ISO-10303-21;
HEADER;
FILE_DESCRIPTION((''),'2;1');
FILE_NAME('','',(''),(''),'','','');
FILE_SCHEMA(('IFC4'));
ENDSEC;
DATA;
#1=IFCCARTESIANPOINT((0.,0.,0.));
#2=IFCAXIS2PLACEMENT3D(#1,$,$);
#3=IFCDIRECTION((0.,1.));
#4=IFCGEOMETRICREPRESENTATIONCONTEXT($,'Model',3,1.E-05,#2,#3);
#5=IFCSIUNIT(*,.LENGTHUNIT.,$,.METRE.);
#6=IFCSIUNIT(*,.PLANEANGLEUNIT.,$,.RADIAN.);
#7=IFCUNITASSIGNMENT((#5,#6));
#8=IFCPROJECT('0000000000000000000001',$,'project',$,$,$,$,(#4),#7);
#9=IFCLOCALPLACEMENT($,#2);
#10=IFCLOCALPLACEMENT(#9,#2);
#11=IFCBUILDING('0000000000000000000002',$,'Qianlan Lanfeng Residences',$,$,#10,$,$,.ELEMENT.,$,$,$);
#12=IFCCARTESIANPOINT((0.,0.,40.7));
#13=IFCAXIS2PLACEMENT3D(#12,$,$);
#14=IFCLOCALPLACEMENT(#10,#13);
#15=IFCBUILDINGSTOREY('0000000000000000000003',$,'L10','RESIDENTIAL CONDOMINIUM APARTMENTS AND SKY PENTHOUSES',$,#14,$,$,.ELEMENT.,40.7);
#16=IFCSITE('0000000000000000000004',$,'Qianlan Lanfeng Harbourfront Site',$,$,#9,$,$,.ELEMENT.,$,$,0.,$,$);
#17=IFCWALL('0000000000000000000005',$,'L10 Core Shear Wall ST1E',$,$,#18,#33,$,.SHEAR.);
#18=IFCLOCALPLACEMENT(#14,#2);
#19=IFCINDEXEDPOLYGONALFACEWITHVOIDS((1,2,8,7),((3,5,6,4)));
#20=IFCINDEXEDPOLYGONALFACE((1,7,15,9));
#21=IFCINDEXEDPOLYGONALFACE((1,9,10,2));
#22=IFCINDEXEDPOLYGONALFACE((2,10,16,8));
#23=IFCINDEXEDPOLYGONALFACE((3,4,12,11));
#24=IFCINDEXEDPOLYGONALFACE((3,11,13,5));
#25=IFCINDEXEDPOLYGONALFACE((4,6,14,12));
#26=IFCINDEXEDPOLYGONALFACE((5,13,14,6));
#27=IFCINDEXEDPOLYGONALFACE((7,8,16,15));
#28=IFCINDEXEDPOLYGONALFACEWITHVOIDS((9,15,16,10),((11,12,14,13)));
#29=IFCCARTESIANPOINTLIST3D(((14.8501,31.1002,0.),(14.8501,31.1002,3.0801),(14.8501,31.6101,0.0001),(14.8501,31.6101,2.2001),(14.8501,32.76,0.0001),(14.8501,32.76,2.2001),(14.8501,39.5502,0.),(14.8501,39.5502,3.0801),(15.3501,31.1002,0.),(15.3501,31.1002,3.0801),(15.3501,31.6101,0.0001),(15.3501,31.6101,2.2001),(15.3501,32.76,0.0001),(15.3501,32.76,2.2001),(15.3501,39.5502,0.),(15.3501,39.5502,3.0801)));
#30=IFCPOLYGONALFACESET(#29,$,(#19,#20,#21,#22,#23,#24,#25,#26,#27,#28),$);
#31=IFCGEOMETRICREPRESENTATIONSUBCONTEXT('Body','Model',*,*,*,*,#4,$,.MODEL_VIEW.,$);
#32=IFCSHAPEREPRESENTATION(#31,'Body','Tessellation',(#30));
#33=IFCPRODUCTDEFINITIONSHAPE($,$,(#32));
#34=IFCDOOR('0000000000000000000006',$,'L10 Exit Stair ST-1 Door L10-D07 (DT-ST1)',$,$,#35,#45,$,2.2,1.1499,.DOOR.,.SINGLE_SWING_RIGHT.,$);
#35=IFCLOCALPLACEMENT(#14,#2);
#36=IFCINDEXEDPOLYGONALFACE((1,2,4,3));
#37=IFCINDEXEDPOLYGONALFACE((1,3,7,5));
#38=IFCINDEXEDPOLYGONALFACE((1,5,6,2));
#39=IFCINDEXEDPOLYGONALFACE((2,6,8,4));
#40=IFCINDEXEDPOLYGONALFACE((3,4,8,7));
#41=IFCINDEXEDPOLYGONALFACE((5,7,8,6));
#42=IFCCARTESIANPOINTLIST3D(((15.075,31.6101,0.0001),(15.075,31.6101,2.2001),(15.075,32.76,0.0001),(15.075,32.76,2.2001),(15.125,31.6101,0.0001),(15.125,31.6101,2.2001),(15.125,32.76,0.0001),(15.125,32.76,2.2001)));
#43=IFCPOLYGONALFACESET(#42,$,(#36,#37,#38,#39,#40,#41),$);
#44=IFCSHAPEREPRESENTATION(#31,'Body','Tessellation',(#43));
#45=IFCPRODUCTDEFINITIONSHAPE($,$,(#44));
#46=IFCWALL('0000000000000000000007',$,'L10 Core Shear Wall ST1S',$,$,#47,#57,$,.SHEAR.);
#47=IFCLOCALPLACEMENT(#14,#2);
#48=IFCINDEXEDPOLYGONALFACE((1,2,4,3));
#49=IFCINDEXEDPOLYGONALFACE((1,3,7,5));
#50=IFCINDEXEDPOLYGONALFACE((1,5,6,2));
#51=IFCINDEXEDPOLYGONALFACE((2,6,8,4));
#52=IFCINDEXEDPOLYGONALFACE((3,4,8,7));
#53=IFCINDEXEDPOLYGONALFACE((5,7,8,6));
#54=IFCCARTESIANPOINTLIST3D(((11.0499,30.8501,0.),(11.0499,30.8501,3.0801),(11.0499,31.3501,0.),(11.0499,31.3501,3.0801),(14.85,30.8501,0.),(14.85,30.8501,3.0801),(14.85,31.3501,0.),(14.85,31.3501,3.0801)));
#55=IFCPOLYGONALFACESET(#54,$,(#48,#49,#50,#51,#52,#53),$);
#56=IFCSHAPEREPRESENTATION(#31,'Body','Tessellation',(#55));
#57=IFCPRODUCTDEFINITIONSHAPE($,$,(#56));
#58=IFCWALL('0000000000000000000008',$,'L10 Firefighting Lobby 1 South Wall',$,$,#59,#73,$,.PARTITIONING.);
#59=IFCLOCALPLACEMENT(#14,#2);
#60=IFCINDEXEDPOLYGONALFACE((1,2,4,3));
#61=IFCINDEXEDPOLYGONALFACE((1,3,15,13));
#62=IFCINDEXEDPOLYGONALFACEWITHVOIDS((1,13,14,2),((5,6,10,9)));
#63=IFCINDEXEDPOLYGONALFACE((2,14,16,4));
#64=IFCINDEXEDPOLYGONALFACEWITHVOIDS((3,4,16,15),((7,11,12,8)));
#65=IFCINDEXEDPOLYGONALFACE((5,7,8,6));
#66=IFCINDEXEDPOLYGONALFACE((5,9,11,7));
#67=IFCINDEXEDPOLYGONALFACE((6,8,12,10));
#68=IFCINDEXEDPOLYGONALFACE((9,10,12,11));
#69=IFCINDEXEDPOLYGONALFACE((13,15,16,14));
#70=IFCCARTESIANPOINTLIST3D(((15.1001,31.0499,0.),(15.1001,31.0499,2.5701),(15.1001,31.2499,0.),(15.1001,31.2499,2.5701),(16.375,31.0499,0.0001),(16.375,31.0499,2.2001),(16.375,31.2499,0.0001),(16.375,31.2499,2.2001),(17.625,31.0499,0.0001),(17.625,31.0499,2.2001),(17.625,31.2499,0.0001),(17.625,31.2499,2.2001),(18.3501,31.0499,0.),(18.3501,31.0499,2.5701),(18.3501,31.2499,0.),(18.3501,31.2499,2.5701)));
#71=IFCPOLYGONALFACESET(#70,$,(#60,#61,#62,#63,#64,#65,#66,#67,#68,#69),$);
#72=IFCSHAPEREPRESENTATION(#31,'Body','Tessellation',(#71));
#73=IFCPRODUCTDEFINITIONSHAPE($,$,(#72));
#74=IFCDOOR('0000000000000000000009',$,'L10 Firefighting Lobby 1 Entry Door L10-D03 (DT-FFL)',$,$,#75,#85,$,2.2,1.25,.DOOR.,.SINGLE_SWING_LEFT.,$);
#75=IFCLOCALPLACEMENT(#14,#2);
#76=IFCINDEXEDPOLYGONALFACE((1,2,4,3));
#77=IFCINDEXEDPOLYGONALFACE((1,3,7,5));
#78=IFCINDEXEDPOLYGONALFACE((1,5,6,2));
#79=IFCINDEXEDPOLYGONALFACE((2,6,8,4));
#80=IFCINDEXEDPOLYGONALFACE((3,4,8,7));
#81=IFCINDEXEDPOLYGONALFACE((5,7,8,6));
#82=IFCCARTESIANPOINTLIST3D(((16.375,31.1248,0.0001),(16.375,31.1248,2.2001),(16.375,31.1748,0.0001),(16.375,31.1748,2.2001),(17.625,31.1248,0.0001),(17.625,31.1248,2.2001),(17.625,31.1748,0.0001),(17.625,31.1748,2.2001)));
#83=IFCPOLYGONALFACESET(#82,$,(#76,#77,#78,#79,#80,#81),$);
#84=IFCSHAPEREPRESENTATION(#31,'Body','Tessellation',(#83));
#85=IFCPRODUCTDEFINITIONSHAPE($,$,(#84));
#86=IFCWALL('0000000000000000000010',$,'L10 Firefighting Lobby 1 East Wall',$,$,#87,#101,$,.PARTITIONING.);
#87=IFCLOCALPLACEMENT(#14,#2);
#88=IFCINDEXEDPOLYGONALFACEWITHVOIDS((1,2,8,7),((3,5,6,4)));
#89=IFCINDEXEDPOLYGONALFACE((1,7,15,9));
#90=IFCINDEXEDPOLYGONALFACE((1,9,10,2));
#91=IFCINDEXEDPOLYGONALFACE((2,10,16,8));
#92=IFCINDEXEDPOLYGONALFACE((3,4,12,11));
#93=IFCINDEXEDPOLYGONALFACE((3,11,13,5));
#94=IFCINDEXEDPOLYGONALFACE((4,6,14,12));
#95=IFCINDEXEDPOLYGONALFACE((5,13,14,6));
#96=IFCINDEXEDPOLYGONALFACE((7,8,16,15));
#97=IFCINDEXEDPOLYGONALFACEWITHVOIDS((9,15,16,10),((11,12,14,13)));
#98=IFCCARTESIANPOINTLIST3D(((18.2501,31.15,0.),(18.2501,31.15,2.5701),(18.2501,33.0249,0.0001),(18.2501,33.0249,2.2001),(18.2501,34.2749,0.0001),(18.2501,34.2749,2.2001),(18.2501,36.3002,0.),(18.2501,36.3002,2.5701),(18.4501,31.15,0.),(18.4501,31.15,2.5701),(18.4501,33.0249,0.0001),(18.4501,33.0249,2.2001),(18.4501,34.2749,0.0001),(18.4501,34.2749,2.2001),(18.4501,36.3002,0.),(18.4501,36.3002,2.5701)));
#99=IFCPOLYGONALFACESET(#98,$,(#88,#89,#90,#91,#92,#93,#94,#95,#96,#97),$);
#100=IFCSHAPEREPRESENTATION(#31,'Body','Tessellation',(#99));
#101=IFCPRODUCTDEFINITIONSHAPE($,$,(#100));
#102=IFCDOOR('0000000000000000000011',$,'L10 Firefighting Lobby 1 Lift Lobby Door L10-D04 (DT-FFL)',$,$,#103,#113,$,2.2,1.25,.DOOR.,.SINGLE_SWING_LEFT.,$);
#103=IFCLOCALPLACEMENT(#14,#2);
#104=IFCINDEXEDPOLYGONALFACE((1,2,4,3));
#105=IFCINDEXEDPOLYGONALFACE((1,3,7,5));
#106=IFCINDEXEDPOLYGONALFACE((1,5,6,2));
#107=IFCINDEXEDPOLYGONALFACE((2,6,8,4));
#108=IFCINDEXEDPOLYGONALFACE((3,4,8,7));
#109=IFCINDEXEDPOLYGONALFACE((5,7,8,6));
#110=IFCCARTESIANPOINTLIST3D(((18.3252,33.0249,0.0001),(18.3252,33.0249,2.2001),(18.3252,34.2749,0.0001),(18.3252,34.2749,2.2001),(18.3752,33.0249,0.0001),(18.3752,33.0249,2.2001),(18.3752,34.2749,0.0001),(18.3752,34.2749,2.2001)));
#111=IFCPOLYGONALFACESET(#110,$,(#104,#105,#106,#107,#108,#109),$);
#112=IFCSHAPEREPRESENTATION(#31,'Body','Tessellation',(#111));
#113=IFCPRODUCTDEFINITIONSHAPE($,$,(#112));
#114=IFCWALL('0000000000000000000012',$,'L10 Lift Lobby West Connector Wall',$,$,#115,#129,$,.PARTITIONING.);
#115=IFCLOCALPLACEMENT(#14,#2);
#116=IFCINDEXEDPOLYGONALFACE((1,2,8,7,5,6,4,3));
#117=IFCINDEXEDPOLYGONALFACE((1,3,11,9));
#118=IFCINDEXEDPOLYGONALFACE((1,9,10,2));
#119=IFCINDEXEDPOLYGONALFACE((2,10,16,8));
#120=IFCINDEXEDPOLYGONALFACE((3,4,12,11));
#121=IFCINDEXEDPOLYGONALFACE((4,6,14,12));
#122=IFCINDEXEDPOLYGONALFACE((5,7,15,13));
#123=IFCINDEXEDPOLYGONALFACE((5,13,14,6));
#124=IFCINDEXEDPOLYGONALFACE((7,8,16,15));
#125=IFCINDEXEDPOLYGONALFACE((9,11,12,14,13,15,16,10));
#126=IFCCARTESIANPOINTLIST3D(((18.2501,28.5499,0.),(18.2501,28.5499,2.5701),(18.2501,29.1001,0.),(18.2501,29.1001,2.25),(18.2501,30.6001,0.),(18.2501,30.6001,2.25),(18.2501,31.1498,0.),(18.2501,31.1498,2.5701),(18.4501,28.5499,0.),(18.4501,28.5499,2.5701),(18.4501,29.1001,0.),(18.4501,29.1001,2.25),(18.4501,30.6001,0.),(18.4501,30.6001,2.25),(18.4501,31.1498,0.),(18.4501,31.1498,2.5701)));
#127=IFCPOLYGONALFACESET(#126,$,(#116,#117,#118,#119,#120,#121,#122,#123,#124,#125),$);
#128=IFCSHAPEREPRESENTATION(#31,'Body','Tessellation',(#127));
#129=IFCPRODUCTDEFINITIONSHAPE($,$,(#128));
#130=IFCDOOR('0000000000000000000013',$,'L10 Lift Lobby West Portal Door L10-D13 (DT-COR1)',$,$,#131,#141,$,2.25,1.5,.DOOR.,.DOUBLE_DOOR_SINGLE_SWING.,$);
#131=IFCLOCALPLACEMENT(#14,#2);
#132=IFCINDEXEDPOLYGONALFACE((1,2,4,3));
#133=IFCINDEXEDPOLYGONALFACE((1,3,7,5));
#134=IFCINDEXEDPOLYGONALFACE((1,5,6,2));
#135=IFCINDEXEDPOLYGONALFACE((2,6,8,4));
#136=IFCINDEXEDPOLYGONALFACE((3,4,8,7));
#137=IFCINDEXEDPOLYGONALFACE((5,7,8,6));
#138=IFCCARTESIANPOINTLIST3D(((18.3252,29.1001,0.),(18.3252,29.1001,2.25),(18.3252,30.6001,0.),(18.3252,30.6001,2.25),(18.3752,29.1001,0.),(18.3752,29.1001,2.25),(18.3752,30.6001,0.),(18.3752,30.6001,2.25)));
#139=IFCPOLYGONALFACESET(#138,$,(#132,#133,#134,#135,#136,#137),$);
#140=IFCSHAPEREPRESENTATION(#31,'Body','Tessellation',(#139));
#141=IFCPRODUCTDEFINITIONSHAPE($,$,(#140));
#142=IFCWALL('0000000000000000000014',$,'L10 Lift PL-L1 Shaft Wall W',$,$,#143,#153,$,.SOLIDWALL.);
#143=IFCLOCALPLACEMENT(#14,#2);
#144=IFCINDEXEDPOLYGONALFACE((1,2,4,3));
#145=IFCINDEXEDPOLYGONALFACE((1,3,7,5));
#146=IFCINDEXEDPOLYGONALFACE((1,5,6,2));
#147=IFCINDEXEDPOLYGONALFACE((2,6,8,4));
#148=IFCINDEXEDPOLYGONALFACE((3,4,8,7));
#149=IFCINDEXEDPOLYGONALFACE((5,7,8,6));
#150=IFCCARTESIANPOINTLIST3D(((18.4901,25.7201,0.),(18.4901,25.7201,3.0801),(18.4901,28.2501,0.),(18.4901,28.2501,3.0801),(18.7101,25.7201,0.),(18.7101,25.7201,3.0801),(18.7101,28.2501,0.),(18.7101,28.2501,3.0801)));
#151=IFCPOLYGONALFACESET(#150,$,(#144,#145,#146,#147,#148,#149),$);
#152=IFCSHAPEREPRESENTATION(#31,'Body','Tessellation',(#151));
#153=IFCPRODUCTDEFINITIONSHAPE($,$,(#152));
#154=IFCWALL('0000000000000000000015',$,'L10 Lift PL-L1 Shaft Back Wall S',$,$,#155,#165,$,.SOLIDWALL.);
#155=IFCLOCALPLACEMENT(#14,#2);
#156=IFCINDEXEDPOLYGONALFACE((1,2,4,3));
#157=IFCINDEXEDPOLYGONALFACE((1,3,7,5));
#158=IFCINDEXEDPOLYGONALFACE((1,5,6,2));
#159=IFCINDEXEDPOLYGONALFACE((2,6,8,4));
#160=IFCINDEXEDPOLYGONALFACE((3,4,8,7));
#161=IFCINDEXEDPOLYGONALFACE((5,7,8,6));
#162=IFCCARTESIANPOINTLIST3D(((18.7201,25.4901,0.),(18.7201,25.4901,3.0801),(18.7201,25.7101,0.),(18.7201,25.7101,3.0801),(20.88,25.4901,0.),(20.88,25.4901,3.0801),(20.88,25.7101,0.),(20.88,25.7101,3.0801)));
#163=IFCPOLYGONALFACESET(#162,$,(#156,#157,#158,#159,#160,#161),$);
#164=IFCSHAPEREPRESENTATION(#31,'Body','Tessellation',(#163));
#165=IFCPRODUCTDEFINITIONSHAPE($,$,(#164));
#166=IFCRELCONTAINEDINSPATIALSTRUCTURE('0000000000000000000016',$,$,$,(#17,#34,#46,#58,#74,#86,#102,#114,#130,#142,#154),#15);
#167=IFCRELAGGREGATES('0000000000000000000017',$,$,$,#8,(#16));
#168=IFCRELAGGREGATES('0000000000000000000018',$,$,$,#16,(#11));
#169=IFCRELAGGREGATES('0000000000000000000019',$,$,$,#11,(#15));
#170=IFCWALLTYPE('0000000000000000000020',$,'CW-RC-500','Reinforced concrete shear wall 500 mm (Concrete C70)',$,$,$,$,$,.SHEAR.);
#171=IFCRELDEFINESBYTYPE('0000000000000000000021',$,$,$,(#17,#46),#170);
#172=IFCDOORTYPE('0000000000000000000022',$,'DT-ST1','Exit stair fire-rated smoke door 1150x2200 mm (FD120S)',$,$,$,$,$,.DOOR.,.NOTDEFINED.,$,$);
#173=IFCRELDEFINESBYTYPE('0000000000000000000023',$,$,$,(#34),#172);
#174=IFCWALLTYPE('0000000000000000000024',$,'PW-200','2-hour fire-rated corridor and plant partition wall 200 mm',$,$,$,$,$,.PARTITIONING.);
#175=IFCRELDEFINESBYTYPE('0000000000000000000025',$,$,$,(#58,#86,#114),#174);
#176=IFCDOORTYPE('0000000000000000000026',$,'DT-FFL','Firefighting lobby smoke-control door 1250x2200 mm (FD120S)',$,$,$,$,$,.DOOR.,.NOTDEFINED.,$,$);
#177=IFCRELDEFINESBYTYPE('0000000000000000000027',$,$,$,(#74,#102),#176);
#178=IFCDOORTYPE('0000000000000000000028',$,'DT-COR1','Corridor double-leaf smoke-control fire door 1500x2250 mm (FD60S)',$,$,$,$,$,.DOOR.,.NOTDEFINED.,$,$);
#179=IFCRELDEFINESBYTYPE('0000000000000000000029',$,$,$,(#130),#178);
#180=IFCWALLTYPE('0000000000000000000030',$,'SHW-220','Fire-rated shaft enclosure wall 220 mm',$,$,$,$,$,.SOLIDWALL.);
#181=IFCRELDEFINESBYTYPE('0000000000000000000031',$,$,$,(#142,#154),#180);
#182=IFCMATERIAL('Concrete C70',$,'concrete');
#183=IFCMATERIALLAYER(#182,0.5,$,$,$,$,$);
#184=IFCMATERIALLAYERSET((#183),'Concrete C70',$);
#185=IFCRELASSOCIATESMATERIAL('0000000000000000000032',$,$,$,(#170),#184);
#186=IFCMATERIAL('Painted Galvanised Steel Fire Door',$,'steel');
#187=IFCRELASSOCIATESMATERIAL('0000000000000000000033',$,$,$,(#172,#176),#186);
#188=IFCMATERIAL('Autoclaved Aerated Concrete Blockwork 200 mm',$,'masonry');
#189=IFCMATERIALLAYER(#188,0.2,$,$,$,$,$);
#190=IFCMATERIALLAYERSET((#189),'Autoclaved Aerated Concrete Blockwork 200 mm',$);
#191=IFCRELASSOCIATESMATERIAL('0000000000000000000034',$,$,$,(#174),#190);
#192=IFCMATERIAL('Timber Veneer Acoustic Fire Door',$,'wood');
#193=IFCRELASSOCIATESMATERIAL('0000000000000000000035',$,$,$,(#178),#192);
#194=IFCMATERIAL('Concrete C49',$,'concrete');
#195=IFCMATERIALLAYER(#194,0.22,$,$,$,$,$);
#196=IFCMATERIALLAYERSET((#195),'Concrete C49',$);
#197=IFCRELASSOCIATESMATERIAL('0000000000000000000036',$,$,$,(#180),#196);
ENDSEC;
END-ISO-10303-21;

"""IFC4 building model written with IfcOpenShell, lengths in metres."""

from ifc_helpers import new_model, si_unit, direction, frame, frame_2d, origin, place, context, subcontext, project, spatial, rectangle, extrude, material, layer, layer_set, type_object, element, fill, save


model = new_model("IFC4")

# Units and contexts
model_context = context("Model", 3, precision=1e-05, world=origin(), true_north=direction((0.0, 1.0)))
body_context = subcontext(model_context, "Body", "Model", "MODEL_VIEW")
ifc_project = project(units=[si_unit("LENGTHUNIT", "METRE"), si_unit("PLANEANGLEUNIT", "RADIAN")], contexts=[model_context])

# Site, building, storey
site_placement = place(None, origin())
site = spatial("IfcSite", under=ifc_project, at=site_placement, Name="Qianlan Lanfeng Harbourfront Site", CompositionType="ELEMENT", RefElevation=0.0)
building_placement = place(site_placement, origin())
building = spatial("IfcBuilding", under=site, at=building_placement, Name="Qianlan Lanfeng Residences", CompositionType="ELEMENT")
storey_placement = place(building_placement, frame((0.0, 0.0, 40.7)))
storey = spatial("IfcBuildingStorey", under=building, at=storey_placement, Name="L10", Description="RESIDENTIAL CONDOMINIUM APARTMENTS AND SKY PENTHOUSES", CompositionType="ELEMENT", Elevation=40.7)

# Wall, opening, door
ifc_material_1 = material(Name="Concrete C70", Category="concrete")
ifc_layer_1 = layer(ifc_material_1, 0.5)
ifc_layer_set_1 = layer_set([ifc_layer_1], Name="Concrete C70")
wall_type_1 = type_object("IfcWallType", Name="CW-RC-500", Description="Reinforced concrete shear wall 500 mm (Concrete C70)", PredefinedType="SHEAR", material=ifc_layer_set_1)
wall_1_placement = place(storey_placement, frame((15.1001, 31.1001, 0.0), z_axis=(0.0, 0.0, 1.0), x_axis=(0.0, 1.0, 0.0)))
wall_1 = element("IfcWall", 1, at=wall_1_placement, inside=storey, type_object=wall_type_1, Name="L10 Core Shear Wall ST1E", PredefinedType="SHEAR", context=body_context, shape_type="SweptSolid", body=[
    extrude(rectangle(XDim=8.45, YDim=0.5, at=frame_2d((4.2251, 0.0))), origin(), (0.0, 0.0, 1.0), 3.0801),
])
opening_1_placement = place(wall_1_placement, frame((0.51, 0.0, 0.0)))
opening_1 = element("IfcOpeningElement", 2, at=opening_1_placement, cuts=wall_1, PredefinedType="OPENING", context=body_context, shape_type="SweptSolid", body=[
    extrude(rectangle(XDim=1.1499, YDim=2.2, at=frame_2d((0.575, 1.1001))), frame((0.0, 0.26, 0.0), z_axis=(0.0, -1.0, 0.0), x_axis=(1.0, 0.0, 0.0)), (0.0, 0.0, 1.0), 0.52),
])
ifc_material_2 = material(Name="Painted Galvanised Steel Fire Door", Category="steel")
door_type_1 = type_object("IfcDoorType", Name="DT-ST1", Description="Exit stair fire-rated smoke door 1150x2200 mm (FD120S)", OperationType="NOTDEFINED", PredefinedType="DOOR", material=ifc_material_2)
door_1_placement = place(opening_1_placement, frame((1.1499, 0.0, 0.0), z_axis=(0.0, 0.0, 1.0), x_axis=(-1.0, 0.0, 0.0)))
door_1 = element("IfcDoor", 3, at=door_1_placement, inside=storey, type_object=door_type_1, Name="L10 Exit Stair ST-1 Door L10-D07 (DT-ST1)", OperationType="SINGLE_SWING_RIGHT", OverallHeight=2.2, OverallWidth=1.1499, PredefinedType="DOOR", context=body_context, shape_type="SweptSolid", body=[
    extrude(rectangle(XDim=1.1499, YDim=2.2, at=frame_2d((0.575, 1.1001))), frame((0.0, 0.0249, 0.0), z_axis=(0.0, -1.0, 0.0), x_axis=(1.0, 0.0, 0.0)), (0.0, 0.0, 1.0), 0.05),
])
fill(opening_1, door_1)

# Wall
wall_2_placement = place(storey_placement, frame((11.05, 31.1001, 0.0), z_axis=(0.0, 0.0, 1.0), x_axis=(1.0, 0.0, 0.0)))
element("IfcWall", 4, at=wall_2_placement, inside=storey, type_object=wall_type_1, Name="L10 Core Shear Wall ST1S", PredefinedType="SHEAR", context=body_context, shape_type="SweptSolid", body=[
    extrude(rectangle(XDim=3.8, YDim=0.5, at=frame_2d((1.8999, 0.0))), origin(), (0.0, 0.0, 1.0), 3.0801),
])

# Walls, openings, doors
ifc_material_3 = material(Name="Autoclaved Aerated Concrete Blockwork 200 mm", Category="masonry")
ifc_layer_2 = layer(ifc_material_3, 0.2)
ifc_layer_set_2 = layer_set([ifc_layer_2], Name="Autoclaved Aerated Concrete Blockwork 200 mm")
wall_type_2 = type_object("IfcWallType", Name="PW-200", Description="2-hour fire-rated corridor and plant partition wall 200 mm", PredefinedType="PARTITIONING", material=ifc_layer_set_2)
wall_3_placement = place(storey_placement, frame((15.1001, 31.1499, 0.0), z_axis=(0.0, 0.0, 1.0), x_axis=(1.0, 0.0, 0.0)))
wall_3 = element("IfcWall", 5, at=wall_3_placement, inside=storey, type_object=wall_type_2, Name="L10 Firefighting Lobby 1 South Wall", PredefinedType="PARTITIONING", context=body_context, shape_type="SweptSolid", body=[
    extrude(rectangle(XDim=3.25, YDim=0.2, at=frame_2d((1.625, 0.0))), origin(), (0.0, 0.0, 1.0), 2.5701),
])
opening_2_placement = place(wall_3_placement, frame((1.2749, 0.0, 0.0)))
opening_2 = element("IfcOpeningElement", 6, at=opening_2_placement, cuts=wall_3, PredefinedType="OPENING", context=body_context, shape_type="SweptSolid", body=[
    extrude(rectangle(XDim=1.25, YDim=2.2, at=frame_2d((0.625, 1.1001))), frame((0.0, 0.1099, 0.0), z_axis=(0.0, -1.0, 0.0), x_axis=(1.0, 0.0, 0.0)), (0.0, 0.0, 1.0), 0.22),
])
door_type_2 = type_object("IfcDoorType", Name="DT-FFL", Description="Firefighting lobby smoke-control door 1250x2200 mm (FD120S)", OperationType="NOTDEFINED", PredefinedType="DOOR", material=ifc_material_2)
door_2_placement = place(opening_2_placement, origin())
door_2 = element("IfcDoor", 7, at=door_2_placement, inside=storey, type_object=door_type_2, Name="L10 Firefighting Lobby 1 Entry Door L10-D03 (DT-FFL)", OperationType="SINGLE_SWING_LEFT", OverallHeight=2.2, OverallWidth=1.25, PredefinedType="DOOR", context=body_context, shape_type="SweptSolid", body=[
    extrude(rectangle(XDim=1.25, YDim=2.2, at=frame_2d((0.625, 1.1001))), frame((0.0, 0.0249, 0.0), z_axis=(0.0, -1.0, 0.0), x_axis=(1.0, 0.0, 0.0)), (0.0, 0.0, 1.0), 0.05),
])
fill(opening_2, door_2)
wall_4_placement = place(storey_placement, frame((18.3501, 31.1499, 0.0), z_axis=(0.0, 0.0, 1.0), x_axis=(0.0, 1.0, 0.0)))
wall_4 = element("IfcWall", 8, at=wall_4_placement, inside=storey, type_object=wall_type_2, Name="L10 Firefighting Lobby 1 East Wall", PredefinedType="PARTITIONING", context=body_context, shape_type="SweptSolid", body=[
    extrude(rectangle(XDim=5.1501, YDim=0.2, at=frame_2d((2.5752, 0.0))), origin(), (0.0, 0.0, 1.0), 2.5701),
])
opening_3_placement = place(wall_4_placement, frame((1.875, 0.0, 0.0)))
opening_3 = element("IfcOpeningElement", 9, at=opening_3_placement, cuts=wall_4, PredefinedType="OPENING", context=body_context, shape_type="SweptSolid", body=[
    extrude(rectangle(XDim=1.25, YDim=2.2, at=frame_2d((0.625, 1.1001))), frame((0.0, 0.1099, 0.0), z_axis=(0.0, -1.0, 0.0), x_axis=(1.0, 0.0, 0.0)), (0.0, 0.0, 1.0), 0.22),
])
door_3_placement = place(opening_3_placement, origin())
door_3 = element("IfcDoor", 10, at=door_3_placement, inside=storey, type_object=door_type_2, Name="L10 Firefighting Lobby 1 Lift Lobby Door L10-D04 (DT-FFL)", OperationType="SINGLE_SWING_LEFT", OverallHeight=2.2, OverallWidth=1.25, PredefinedType="DOOR", context=body_context, shape_type="SweptSolid", body=[
    extrude(rectangle(XDim=1.25, YDim=2.2, at=frame_2d((0.625, 1.1001))), frame((0.0, 0.0249, 0.0), z_axis=(0.0, -1.0, 0.0), x_axis=(1.0, 0.0, 0.0)), (0.0, 0.0, 1.0), 0.05),
])
fill(opening_3, door_3)
wall_5_placement = place(storey_placement, frame((18.3501, 28.55, 0.0), z_axis=(0.0, 0.0, 1.0), x_axis=(0.0, 1.0, 0.0)))
wall_5 = element("IfcWall", 11, at=wall_5_placement, inside=storey, type_object=wall_type_2, Name="L10 Lift Lobby West Connector Wall", PredefinedType="PARTITIONING", context=body_context, shape_type="SweptSolid", body=[
    extrude(rectangle(XDim=2.5999, YDim=0.2, at=frame_2d((1.2998, 0.0))), origin(), (0.0, 0.0, 1.0), 2.5701),
])
opening_4_placement = place(wall_5_placement, frame((0.55, 0.0, 0.0)))
opening_4 = element("IfcOpeningElement", 12, at=opening_4_placement, cuts=wall_5, PredefinedType="OPENING", context=body_context, shape_type="SweptSolid", body=[
    extrude(rectangle(XDim=1.5, YDim=2.25, at=frame_2d((0.75, 1.125))), frame((0.0, 0.1099, 0.0), z_axis=(0.0, -1.0, 0.0), x_axis=(1.0, 0.0, 0.0)), (0.0, 0.0, 1.0), 0.22),
])
ifc_material_4 = material(Name="Timber Veneer Acoustic Fire Door", Category="wood")
door_type_3 = type_object("IfcDoorType", Name="DT-COR1", Description="Corridor double-leaf smoke-control fire door 1500x2250 mm (FD60S)", OperationType="NOTDEFINED", PredefinedType="DOOR", material=ifc_material_4)
door_4_placement = place(opening_4_placement, origin())
door_4 = element("IfcDoor", 13, at=door_4_placement, inside=storey, type_object=door_type_3, Name="L10 Lift Lobby West Portal Door L10-D13 (DT-COR1)", OperationType="DOUBLE_DOOR_SINGLE_SWING", OverallHeight=2.25, OverallWidth=1.5, PredefinedType="DOOR", context=body_context, shape_type="SweptSolid", body=[
    extrude(rectangle(XDim=1.5, YDim=2.25, at=frame_2d((0.75, 1.125))), frame((0.0, 0.0249, 0.0), z_axis=(0.0, -1.0, 0.0), x_axis=(1.0, 0.0, 0.0)), (0.0, 0.0, 1.0), 0.05),
])
fill(opening_4, door_4)

# Walls
ifc_material_5 = material(Name="Concrete C49", Category="concrete")
ifc_layer_3 = layer(ifc_material_5, 0.22)
ifc_layer_set_3 = layer_set([ifc_layer_3], Name="Concrete C49")
wall_type_3 = type_object("IfcWallType", Name="SHW-220", Description="Fire-rated shaft enclosure wall 220 mm", PredefinedType="SOLIDWALL", material=ifc_layer_set_3)
wall_6_placement = place(storey_placement, frame((18.6001, 25.72, 0.0), z_axis=(0.0, 0.0, 1.0), x_axis=(0.0, 1.0, 0.0)))
element("IfcWall", 14, at=wall_6_placement, inside=storey, type_object=wall_type_3, Name="L10 Lift PL-L1 Shaft Wall W", PredefinedType="SOLIDWALL", context=body_context, shape_type="SweptSolid", body=[
    extrude(rectangle(XDim=2.53, YDim=0.22, at=frame_2d((1.2651, 0.0))), origin(), (0.0, 0.0, 1.0), 3.0801),
])
wall_7_placement = place(storey_placement, frame((18.72, 25.6001, 0.0), z_axis=(0.0, 0.0, 1.0), x_axis=(1.0, 0.0, 0.0)))
element("IfcWall", 15, at=wall_7_placement, inside=storey, type_object=wall_type_3, Name="L10 Lift PL-L1 Shaft Back Wall S", PredefinedType="SOLIDWALL", context=body_context, shape_type="SweptSolid", body=[
    extrude(rectangle(XDim=2.1599, YDim=0.22, at=frame_2d((1.0801, 0.0))), origin(), (0.0, 0.0, 1.0), 3.0801),
])

save(model, "model.ifc")
